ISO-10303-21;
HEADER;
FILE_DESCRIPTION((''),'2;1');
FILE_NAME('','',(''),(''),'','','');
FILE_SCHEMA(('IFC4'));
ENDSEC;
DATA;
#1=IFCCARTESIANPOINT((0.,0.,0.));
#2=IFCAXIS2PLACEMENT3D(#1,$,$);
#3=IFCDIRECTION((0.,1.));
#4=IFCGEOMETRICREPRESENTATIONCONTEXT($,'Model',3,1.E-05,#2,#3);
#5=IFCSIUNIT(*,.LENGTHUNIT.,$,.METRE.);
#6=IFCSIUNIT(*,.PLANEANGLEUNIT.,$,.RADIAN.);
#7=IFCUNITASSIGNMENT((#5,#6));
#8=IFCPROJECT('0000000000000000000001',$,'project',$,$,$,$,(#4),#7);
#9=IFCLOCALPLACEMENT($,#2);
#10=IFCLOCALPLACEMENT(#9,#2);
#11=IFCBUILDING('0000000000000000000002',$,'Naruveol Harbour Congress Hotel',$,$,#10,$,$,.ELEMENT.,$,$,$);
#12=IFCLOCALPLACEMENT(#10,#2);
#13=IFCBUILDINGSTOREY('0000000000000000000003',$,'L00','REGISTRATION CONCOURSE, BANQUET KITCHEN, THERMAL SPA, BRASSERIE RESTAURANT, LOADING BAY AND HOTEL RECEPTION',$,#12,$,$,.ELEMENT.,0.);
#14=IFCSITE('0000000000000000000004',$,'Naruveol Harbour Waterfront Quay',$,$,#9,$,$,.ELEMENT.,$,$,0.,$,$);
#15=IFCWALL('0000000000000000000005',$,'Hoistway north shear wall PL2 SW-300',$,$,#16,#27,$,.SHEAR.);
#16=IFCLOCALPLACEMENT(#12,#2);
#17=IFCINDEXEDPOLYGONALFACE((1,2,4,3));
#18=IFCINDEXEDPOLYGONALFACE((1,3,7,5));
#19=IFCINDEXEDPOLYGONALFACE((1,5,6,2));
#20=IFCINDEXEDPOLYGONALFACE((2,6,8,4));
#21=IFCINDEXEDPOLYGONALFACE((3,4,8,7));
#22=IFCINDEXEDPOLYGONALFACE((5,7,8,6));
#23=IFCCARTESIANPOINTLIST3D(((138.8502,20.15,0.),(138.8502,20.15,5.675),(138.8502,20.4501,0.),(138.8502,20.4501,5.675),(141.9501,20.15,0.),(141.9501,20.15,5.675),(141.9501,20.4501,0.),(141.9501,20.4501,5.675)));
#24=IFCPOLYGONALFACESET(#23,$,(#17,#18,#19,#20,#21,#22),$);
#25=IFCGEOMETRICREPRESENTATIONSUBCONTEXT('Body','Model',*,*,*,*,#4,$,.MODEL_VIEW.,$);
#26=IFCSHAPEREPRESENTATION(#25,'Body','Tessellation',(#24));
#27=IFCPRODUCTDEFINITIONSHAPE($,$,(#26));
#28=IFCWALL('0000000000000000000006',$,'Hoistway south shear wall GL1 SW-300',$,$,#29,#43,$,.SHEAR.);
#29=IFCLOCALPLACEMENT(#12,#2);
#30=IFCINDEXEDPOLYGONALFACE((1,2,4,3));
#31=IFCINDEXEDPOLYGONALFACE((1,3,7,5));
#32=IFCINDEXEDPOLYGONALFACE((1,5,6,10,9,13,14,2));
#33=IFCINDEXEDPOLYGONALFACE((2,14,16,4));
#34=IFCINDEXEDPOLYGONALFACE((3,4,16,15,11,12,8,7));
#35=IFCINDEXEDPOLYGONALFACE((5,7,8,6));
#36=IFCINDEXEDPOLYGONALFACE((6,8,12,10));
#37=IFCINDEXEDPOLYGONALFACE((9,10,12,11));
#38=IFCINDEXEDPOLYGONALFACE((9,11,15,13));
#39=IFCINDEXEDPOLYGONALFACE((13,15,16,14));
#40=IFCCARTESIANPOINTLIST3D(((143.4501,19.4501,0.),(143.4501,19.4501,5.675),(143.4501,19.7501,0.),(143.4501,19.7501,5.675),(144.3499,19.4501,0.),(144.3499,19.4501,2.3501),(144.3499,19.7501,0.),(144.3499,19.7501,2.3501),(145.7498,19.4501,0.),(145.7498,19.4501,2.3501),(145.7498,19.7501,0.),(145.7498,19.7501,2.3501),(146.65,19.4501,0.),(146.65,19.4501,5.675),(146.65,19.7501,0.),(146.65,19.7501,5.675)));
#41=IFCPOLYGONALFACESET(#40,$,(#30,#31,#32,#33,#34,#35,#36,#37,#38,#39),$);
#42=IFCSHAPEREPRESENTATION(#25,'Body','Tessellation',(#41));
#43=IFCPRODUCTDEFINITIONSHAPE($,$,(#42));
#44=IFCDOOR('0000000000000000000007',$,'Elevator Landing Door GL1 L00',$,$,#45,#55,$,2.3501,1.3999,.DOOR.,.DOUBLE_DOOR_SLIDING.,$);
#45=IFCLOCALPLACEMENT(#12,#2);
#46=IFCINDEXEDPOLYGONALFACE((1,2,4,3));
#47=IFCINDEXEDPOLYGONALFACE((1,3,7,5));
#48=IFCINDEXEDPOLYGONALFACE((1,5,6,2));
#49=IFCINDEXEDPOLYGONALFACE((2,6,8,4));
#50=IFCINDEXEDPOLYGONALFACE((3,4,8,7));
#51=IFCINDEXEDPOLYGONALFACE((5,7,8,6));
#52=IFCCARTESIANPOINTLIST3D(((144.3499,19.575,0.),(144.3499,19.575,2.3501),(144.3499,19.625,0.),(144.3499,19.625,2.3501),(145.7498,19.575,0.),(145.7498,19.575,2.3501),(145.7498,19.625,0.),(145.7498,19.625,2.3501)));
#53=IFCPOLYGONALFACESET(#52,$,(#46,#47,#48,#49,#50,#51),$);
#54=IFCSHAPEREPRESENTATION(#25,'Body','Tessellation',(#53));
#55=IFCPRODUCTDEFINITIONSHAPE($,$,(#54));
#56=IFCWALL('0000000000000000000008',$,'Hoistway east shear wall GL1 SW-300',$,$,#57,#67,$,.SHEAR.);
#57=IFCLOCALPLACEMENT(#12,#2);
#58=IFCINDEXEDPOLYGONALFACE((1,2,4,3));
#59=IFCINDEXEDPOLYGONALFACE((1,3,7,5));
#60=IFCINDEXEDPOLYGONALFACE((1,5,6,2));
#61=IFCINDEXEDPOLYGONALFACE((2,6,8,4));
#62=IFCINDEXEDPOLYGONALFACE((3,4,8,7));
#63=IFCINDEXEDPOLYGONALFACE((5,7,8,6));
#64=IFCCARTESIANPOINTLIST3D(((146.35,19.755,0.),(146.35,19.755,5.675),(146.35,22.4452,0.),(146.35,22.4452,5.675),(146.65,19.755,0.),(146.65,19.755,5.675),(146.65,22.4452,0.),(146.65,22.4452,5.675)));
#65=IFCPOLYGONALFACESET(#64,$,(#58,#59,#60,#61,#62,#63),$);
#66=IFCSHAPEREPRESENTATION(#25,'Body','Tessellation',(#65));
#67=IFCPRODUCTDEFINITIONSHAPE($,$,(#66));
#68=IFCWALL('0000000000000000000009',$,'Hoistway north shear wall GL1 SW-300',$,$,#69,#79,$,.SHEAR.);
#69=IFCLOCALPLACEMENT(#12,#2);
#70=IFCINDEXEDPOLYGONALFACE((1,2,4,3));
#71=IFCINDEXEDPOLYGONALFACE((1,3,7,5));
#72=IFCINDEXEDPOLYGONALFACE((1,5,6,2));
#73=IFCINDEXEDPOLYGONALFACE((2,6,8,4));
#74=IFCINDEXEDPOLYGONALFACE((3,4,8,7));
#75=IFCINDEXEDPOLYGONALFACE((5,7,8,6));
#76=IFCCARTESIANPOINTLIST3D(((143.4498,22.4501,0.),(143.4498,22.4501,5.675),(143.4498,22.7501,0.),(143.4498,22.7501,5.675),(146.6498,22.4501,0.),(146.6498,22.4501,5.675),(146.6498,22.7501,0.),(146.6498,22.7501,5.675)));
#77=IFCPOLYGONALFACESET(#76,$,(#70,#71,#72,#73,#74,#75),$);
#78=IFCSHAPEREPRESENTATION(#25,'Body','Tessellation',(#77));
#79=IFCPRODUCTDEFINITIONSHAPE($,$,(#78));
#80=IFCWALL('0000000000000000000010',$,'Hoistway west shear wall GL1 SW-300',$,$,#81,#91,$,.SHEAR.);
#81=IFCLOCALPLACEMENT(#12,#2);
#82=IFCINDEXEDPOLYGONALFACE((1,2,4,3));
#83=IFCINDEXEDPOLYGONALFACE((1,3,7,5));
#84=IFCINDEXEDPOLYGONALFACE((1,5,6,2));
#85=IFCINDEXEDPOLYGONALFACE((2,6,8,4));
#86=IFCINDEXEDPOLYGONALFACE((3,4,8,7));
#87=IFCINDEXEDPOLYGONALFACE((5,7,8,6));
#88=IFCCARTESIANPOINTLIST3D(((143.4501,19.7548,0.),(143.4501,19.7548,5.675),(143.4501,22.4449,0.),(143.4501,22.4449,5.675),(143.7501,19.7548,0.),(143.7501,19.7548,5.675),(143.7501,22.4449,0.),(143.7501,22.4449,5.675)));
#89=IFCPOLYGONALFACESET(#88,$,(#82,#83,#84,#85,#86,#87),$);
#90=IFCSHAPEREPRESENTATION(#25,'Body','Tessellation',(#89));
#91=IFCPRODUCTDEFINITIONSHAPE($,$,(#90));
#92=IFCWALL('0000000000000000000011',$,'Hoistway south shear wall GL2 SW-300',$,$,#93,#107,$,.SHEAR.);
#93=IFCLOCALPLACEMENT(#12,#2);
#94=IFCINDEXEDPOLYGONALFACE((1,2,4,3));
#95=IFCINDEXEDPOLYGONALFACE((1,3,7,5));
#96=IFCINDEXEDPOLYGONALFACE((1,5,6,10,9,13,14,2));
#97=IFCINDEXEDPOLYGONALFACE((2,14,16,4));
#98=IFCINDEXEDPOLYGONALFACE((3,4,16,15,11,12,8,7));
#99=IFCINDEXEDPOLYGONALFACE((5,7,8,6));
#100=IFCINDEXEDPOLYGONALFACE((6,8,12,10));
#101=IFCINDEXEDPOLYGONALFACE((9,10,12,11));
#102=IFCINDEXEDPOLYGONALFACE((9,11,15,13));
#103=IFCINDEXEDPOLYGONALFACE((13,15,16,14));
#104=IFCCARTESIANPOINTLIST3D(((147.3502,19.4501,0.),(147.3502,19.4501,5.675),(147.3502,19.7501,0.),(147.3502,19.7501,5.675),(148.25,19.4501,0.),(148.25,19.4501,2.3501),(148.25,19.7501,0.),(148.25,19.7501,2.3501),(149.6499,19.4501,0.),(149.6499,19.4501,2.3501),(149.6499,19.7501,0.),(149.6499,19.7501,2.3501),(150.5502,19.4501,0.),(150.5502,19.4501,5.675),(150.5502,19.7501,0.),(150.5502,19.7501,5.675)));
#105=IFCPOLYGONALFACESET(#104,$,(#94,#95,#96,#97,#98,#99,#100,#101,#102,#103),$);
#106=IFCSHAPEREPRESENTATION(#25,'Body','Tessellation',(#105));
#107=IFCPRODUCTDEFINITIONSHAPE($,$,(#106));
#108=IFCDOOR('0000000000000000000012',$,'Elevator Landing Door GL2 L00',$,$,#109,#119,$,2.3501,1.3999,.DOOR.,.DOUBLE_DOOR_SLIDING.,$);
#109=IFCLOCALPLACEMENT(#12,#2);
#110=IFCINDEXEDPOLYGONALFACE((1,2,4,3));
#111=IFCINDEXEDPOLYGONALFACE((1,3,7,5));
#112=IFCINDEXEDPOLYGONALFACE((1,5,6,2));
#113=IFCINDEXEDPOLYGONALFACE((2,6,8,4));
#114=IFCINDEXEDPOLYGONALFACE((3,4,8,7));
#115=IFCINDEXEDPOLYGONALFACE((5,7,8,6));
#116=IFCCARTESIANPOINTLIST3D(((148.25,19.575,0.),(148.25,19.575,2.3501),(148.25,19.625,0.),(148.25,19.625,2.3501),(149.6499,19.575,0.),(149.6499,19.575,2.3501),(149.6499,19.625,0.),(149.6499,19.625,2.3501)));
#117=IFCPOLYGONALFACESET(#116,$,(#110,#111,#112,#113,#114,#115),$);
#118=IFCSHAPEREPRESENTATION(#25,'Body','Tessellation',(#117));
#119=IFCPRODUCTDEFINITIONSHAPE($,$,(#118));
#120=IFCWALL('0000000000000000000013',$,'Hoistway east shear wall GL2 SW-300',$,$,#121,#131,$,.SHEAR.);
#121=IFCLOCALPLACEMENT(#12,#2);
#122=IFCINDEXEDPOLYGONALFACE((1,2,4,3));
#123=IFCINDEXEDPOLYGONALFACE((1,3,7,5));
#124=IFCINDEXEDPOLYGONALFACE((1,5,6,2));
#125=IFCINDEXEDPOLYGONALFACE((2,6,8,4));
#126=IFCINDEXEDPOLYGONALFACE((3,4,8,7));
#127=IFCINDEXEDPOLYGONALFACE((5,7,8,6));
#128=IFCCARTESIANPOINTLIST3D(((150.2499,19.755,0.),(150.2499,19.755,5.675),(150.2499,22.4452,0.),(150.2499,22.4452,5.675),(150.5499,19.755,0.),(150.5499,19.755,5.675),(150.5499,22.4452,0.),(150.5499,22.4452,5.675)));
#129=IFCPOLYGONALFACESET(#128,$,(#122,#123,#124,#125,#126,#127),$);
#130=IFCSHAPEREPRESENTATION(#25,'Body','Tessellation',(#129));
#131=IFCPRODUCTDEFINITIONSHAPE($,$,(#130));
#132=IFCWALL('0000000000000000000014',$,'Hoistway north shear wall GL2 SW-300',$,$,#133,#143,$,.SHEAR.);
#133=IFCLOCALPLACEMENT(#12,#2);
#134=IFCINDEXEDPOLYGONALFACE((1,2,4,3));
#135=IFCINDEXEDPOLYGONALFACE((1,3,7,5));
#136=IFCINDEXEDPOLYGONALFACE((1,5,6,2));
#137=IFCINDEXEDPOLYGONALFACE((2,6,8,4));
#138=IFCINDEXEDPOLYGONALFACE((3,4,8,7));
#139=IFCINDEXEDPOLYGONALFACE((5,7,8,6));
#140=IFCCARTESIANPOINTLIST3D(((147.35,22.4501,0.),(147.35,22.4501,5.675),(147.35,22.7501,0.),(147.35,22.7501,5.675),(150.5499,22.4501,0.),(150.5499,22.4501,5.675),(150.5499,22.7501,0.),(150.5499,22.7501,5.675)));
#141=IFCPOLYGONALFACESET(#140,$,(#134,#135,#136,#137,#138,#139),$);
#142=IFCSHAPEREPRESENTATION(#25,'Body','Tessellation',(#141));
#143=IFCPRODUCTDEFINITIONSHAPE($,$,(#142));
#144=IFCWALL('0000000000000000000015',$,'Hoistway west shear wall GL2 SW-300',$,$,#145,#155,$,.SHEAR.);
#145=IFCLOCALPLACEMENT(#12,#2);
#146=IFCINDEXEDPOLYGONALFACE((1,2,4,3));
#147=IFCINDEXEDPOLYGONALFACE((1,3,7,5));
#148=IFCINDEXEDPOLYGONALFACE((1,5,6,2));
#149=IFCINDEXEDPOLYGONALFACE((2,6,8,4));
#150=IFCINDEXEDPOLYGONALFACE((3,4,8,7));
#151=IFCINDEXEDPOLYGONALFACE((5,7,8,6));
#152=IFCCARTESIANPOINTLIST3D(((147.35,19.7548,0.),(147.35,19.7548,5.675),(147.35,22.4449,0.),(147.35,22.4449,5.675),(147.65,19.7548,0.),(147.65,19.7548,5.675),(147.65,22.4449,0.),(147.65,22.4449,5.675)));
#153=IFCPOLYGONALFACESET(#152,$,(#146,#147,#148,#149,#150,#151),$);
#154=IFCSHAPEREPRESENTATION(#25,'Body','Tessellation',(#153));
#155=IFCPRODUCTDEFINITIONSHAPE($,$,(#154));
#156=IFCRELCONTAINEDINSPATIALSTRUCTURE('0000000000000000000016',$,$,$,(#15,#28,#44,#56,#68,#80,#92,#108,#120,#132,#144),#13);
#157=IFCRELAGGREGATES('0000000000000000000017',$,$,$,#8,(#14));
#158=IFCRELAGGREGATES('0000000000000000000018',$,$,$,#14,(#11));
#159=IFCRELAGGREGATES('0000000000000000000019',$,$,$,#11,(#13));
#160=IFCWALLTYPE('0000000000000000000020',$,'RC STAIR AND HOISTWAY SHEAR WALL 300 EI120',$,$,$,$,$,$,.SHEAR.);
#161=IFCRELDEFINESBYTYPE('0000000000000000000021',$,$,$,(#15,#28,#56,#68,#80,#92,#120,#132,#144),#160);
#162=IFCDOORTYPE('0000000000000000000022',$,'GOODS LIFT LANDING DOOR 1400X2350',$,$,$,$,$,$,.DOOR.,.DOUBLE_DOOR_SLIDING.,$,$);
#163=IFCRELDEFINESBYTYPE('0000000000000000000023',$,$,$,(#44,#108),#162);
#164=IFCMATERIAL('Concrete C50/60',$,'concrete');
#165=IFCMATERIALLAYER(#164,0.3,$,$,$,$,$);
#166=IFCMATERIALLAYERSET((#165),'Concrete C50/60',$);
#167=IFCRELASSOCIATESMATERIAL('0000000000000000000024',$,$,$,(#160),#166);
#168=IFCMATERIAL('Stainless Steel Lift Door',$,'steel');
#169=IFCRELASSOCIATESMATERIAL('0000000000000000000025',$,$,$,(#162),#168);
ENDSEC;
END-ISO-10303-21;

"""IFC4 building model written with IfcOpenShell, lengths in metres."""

from ifc_helpers import new_model, si_unit, direction, frame, frame_2d, origin, place, context, subcontext, project, spatial, rectangle, extrude, material, layer, layer_set, type_object, element, fill, save


model = new_model("IFC4")

# Units and contexts
model_context = context("Model", 3, precision=1e-05, world=origin(), true_north=direction((0.0, 1.0)))
body_context = subcontext(model_context, "Body", "Model", "MODEL_VIEW")
ifc_project = project(units=[si_unit("LENGTHUNIT", "METRE"), si_unit("PLANEANGLEUNIT", "RADIAN")], contexts=[model_context])

# Site, building, storey
site_placement = place(None, origin())
site = spatial("IfcSite", under=ifc_project, at=site_placement, Name="Naruveol Harbour Waterfront Quay", CompositionType="ELEMENT", RefElevation=0.0)
building_placement = place(site_placement, origin())
building = spatial("IfcBuilding", under=site, at=building_placement, Name="Naruveol Harbour Congress Hotel", CompositionType="ELEMENT")
storey_placement = place(building_placement, origin())
storey = spatial("IfcBuildingStorey", under=building, at=storey_placement, Name="L00", Description="REGISTRATION CONCOURSE, BANQUET KITCHEN, THERMAL SPA, BRASSERIE RESTAURANT, LOADING BAY AND HOTEL RECEPTION", CompositionType="ELEMENT", Elevation=0.0)

# Wall
ifc_material_1 = material(Name="Concrete C50/60", Category="concrete")
ifc_layer_1 = layer(ifc_material_1, 0.3)
ifc_layer_set_1 = layer_set([ifc_layer_1], Name="Concrete C50/60")
wall_type_1 = type_object("IfcWallType", Name="RC STAIR AND HOISTWAY SHEAR WALL 300 EI120", PredefinedType="SHEAR", material=ifc_layer_set_1)
wall_1_placement = place(storey_placement, frame((141.95, 20.3, 0.0), z_axis=(0.0, 0.0, 1.0), x_axis=(-1.0, 0.0, 0.0)))
element("IfcWall", 1, at=wall_1_placement, inside=storey, type_object=wall_type_1, Name="Hoistway north shear wall PL2 SW-300", PredefinedType="SHEAR", context=body_context, shape_type="SweptSolid", body=[
    extrude(rectangle(XDim=3.0999, YDim=0.3, at=frame_2d((1.5498, 0.0))), origin(), (0.0, 0.0, 1.0), 5.675),
])

# Wall, opening, door
wall_2_placement = place(storey_placement, frame((143.45, 19.6001, 0.0), z_axis=(0.0, 0.0, 1.0), x_axis=(1.0, 0.0, 0.0)))
wall_2 = element("IfcWall", 2, at=wall_2_placement, inside=storey, type_object=wall_type_1, Name="Hoistway south shear wall GL1 SW-300", PredefinedType="SHEAR", context=body_context, shape_type="SweptSolid", body=[
    extrude(rectangle(XDim=3.2, YDim=0.3, at=frame_2d((1.6001, 0.0))), origin(), (0.0, 0.0, 1.0), 5.675),
])
opening_1_placement = place(wall_2_placement, frame((0.8999, 0.0, 0.0)))
opening_1 = element("IfcOpeningElement", 3, at=opening_1_placement, cuts=wall_2, PredefinedType="OPENING", context=body_context, shape_type="SweptSolid", body=[
    extrude(rectangle(XDim=1.3999, YDim=2.3501, at=frame_2d((0.7, 1.175))), frame((0.0, 0.1599, 0.0), z_axis=(0.0, -1.0, 0.0), x_axis=(1.0, 0.0, 0.0)), (0.0, 0.0, 1.0), 0.3201),
])
ifc_material_2 = material(Name="Stainless Steel Lift Door", Category="steel")
door_type = type_object("IfcDoorType", Name="GOODS LIFT LANDING DOOR 1400X2350", OperationType="DOUBLE_DOOR_SLIDING", PredefinedType="DOOR", material=ifc_material_2)
door_1_placement = place(opening_1_placement, origin())
door_1 = element("IfcDoor", 4, at=door_1_placement, inside=storey, type_object=door_type, Name="Elevator Landing Door GL1 L00", OperationType="DOUBLE_DOOR_SLIDING", OverallHeight=2.3501, OverallWidth=1.3999, PredefinedType="DOOR", context=body_context, shape_type="SweptSolid", body=[
    extrude(rectangle(XDim=1.3999, YDim=2.3501, at=frame_2d((0.7, 1.175))), frame((0.0, 0.0249, 0.0), z_axis=(0.0, -1.0, 0.0), x_axis=(1.0, 0.0, 0.0)), (0.0, 0.0, 1.0), 0.05),
])
fill(opening_1, door_1)

# Walls
wall_3_placement = place(storey_placement, frame((146.5, 19.7549, 0.0), z_axis=(0.0, 0.0, 1.0), x_axis=(0.0, 1.0, 0.0)))
element("IfcWall", 5, at=wall_3_placement, inside=storey, type_object=wall_type_1, Name="Hoistway east shear wall GL1 SW-300", PredefinedType="SHEAR", context=body_context, shape_type="SweptSolid", body=[
    extrude(rectangle(XDim=2.6902, YDim=0.3, at=frame_2d((1.3452, 0.0))), origin(), (0.0, 0.0, 1.0), 5.675),
])
wall_4_placement = place(storey_placement, frame((146.6499, 22.6001, 0.0), z_axis=(0.0, 0.0, 1.0), x_axis=(-1.0, 0.0, 0.0)))
element("IfcWall", 6, at=wall_4_placement, inside=storey, type_object=wall_type_1, Name="Hoistway north shear wall GL1 SW-300", PredefinedType="SHEAR", context=body_context, shape_type="SweptSolid", body=[
    extrude(rectangle(XDim=3.2, YDim=0.3, at=frame_2d((1.6001, 0.0))), origin(), (0.0, 0.0, 1.0), 5.675),
])
wall_5_placement = place(storey_placement, frame((143.6001, 22.4451, 0.0), z_axis=(0.0, 0.0, 1.0), x_axis=(0.0, -1.0, 0.0)))
element("IfcWall", 7, at=wall_5_placement, inside=storey, type_object=wall_type_1, Name="Hoistway west shear wall GL1 SW-300", PredefinedType="SHEAR", context=body_context, shape_type="SweptSolid", body=[
    extrude(rectangle(XDim=2.6902, YDim=0.3, at=frame_2d((1.3452, 0.0))), origin(), (0.0, 0.0, 1.0), 5.675),
])

# Wall, opening, door
wall_6_placement = place(storey_placement, frame((147.3501, 19.6001, 0.0), z_axis=(0.0, 0.0, 1.0), x_axis=(1.0, 0.0, 0.0)))
wall_6 = element("IfcWall", 8, at=wall_6_placement, inside=storey, type_object=wall_type_1, Name="Hoistway south shear wall GL2 SW-300", PredefinedType="SHEAR", context=body_context, shape_type="SweptSolid", body=[
    extrude(rectangle(XDim=3.2, YDim=0.3, at=frame_2d((1.6001, 0.0))), origin(), (0.0, 0.0, 1.0), 5.675),
])
opening_2_placement = place(wall_6_placement, frame((0.8999, 0.0, 0.0)))
opening_2 = element("IfcOpeningElement", 9, at=opening_2_placement, cuts=wall_6, PredefinedType="OPENING", context=body_context, shape_type="SweptSolid", body=[
    extrude(rectangle(XDim=1.3999, YDim=2.3501, at=frame_2d((0.7, 1.175))), frame((0.0, 0.1599, 0.0), z_axis=(0.0, -1.0, 0.0), x_axis=(1.0, 0.0, 0.0)), (0.0, 0.0, 1.0), 0.3201),
])
door_2_placement = place(opening_2_placement, origin())
door_2 = element("IfcDoor", 10, at=door_2_placement, inside=storey, type_object=door_type, Name="Elevator Landing Door GL2 L00", OperationType="DOUBLE_DOOR_SLIDING", OverallHeight=2.3501, OverallWidth=1.3999, PredefinedType="DOOR", context=body_context, shape_type="SweptSolid", body=[
    extrude(rectangle(XDim=1.3999, YDim=2.3501, at=frame_2d((0.7, 1.175))), frame((0.0, 0.0249, 0.0), z_axis=(0.0, -1.0, 0.0), x_axis=(1.0, 0.0, 0.0)), (0.0, 0.0, 1.0), 0.05),
])
fill(opening_2, door_2)

# Walls
wall_7_placement = place(storey_placement, frame((150.3999, 19.7549, 0.0), z_axis=(0.0, 0.0, 1.0), x_axis=(0.0, 1.0, 0.0)))
element("IfcWall", 11, at=wall_7_placement, inside=storey, type_object=wall_type_1, Name="Hoistway east shear wall GL2 SW-300", PredefinedType="SHEAR", context=body_context, shape_type="SweptSolid", body=[
    extrude(rectangle(XDim=2.6902, YDim=0.3, at=frame_2d((1.3452, 0.0))), origin(), (0.0, 0.0, 1.0), 5.675),
])
wall_8_placement = place(storey_placement, frame((150.55, 22.6001, 0.0), z_axis=(0.0, 0.0, 1.0), x_axis=(-1.0, 0.0, 0.0)))
element("IfcWall", 12, at=wall_8_placement, inside=storey, type_object=wall_type_1, Name="Hoistway north shear wall GL2 SW-300", PredefinedType="SHEAR", context=body_context, shape_type="SweptSolid", body=[
    extrude(rectangle(XDim=3.2, YDim=0.3, at=frame_2d((1.6001, 0.0))), origin(), (0.0, 0.0, 1.0), 5.675),
])
wall_9_placement = place(storey_placement, frame((147.5, 22.4451, 0.0), z_axis=(0.0, 0.0, 1.0), x_axis=(0.0, -1.0, 0.0)))
element("IfcWall", 13, at=wall_9_placement, inside=storey, type_object=wall_type_1, Name="Hoistway west shear wall GL2 SW-300", PredefinedType="SHEAR", context=body_context, shape_type="SweptSolid", body=[
    extrude(rectangle(XDim=2.6902, YDim=0.3, at=frame_2d((1.3452, 0.0))), origin(), (0.0, 0.0, 1.0), 5.675),
])

save(model, "model.ifc")
